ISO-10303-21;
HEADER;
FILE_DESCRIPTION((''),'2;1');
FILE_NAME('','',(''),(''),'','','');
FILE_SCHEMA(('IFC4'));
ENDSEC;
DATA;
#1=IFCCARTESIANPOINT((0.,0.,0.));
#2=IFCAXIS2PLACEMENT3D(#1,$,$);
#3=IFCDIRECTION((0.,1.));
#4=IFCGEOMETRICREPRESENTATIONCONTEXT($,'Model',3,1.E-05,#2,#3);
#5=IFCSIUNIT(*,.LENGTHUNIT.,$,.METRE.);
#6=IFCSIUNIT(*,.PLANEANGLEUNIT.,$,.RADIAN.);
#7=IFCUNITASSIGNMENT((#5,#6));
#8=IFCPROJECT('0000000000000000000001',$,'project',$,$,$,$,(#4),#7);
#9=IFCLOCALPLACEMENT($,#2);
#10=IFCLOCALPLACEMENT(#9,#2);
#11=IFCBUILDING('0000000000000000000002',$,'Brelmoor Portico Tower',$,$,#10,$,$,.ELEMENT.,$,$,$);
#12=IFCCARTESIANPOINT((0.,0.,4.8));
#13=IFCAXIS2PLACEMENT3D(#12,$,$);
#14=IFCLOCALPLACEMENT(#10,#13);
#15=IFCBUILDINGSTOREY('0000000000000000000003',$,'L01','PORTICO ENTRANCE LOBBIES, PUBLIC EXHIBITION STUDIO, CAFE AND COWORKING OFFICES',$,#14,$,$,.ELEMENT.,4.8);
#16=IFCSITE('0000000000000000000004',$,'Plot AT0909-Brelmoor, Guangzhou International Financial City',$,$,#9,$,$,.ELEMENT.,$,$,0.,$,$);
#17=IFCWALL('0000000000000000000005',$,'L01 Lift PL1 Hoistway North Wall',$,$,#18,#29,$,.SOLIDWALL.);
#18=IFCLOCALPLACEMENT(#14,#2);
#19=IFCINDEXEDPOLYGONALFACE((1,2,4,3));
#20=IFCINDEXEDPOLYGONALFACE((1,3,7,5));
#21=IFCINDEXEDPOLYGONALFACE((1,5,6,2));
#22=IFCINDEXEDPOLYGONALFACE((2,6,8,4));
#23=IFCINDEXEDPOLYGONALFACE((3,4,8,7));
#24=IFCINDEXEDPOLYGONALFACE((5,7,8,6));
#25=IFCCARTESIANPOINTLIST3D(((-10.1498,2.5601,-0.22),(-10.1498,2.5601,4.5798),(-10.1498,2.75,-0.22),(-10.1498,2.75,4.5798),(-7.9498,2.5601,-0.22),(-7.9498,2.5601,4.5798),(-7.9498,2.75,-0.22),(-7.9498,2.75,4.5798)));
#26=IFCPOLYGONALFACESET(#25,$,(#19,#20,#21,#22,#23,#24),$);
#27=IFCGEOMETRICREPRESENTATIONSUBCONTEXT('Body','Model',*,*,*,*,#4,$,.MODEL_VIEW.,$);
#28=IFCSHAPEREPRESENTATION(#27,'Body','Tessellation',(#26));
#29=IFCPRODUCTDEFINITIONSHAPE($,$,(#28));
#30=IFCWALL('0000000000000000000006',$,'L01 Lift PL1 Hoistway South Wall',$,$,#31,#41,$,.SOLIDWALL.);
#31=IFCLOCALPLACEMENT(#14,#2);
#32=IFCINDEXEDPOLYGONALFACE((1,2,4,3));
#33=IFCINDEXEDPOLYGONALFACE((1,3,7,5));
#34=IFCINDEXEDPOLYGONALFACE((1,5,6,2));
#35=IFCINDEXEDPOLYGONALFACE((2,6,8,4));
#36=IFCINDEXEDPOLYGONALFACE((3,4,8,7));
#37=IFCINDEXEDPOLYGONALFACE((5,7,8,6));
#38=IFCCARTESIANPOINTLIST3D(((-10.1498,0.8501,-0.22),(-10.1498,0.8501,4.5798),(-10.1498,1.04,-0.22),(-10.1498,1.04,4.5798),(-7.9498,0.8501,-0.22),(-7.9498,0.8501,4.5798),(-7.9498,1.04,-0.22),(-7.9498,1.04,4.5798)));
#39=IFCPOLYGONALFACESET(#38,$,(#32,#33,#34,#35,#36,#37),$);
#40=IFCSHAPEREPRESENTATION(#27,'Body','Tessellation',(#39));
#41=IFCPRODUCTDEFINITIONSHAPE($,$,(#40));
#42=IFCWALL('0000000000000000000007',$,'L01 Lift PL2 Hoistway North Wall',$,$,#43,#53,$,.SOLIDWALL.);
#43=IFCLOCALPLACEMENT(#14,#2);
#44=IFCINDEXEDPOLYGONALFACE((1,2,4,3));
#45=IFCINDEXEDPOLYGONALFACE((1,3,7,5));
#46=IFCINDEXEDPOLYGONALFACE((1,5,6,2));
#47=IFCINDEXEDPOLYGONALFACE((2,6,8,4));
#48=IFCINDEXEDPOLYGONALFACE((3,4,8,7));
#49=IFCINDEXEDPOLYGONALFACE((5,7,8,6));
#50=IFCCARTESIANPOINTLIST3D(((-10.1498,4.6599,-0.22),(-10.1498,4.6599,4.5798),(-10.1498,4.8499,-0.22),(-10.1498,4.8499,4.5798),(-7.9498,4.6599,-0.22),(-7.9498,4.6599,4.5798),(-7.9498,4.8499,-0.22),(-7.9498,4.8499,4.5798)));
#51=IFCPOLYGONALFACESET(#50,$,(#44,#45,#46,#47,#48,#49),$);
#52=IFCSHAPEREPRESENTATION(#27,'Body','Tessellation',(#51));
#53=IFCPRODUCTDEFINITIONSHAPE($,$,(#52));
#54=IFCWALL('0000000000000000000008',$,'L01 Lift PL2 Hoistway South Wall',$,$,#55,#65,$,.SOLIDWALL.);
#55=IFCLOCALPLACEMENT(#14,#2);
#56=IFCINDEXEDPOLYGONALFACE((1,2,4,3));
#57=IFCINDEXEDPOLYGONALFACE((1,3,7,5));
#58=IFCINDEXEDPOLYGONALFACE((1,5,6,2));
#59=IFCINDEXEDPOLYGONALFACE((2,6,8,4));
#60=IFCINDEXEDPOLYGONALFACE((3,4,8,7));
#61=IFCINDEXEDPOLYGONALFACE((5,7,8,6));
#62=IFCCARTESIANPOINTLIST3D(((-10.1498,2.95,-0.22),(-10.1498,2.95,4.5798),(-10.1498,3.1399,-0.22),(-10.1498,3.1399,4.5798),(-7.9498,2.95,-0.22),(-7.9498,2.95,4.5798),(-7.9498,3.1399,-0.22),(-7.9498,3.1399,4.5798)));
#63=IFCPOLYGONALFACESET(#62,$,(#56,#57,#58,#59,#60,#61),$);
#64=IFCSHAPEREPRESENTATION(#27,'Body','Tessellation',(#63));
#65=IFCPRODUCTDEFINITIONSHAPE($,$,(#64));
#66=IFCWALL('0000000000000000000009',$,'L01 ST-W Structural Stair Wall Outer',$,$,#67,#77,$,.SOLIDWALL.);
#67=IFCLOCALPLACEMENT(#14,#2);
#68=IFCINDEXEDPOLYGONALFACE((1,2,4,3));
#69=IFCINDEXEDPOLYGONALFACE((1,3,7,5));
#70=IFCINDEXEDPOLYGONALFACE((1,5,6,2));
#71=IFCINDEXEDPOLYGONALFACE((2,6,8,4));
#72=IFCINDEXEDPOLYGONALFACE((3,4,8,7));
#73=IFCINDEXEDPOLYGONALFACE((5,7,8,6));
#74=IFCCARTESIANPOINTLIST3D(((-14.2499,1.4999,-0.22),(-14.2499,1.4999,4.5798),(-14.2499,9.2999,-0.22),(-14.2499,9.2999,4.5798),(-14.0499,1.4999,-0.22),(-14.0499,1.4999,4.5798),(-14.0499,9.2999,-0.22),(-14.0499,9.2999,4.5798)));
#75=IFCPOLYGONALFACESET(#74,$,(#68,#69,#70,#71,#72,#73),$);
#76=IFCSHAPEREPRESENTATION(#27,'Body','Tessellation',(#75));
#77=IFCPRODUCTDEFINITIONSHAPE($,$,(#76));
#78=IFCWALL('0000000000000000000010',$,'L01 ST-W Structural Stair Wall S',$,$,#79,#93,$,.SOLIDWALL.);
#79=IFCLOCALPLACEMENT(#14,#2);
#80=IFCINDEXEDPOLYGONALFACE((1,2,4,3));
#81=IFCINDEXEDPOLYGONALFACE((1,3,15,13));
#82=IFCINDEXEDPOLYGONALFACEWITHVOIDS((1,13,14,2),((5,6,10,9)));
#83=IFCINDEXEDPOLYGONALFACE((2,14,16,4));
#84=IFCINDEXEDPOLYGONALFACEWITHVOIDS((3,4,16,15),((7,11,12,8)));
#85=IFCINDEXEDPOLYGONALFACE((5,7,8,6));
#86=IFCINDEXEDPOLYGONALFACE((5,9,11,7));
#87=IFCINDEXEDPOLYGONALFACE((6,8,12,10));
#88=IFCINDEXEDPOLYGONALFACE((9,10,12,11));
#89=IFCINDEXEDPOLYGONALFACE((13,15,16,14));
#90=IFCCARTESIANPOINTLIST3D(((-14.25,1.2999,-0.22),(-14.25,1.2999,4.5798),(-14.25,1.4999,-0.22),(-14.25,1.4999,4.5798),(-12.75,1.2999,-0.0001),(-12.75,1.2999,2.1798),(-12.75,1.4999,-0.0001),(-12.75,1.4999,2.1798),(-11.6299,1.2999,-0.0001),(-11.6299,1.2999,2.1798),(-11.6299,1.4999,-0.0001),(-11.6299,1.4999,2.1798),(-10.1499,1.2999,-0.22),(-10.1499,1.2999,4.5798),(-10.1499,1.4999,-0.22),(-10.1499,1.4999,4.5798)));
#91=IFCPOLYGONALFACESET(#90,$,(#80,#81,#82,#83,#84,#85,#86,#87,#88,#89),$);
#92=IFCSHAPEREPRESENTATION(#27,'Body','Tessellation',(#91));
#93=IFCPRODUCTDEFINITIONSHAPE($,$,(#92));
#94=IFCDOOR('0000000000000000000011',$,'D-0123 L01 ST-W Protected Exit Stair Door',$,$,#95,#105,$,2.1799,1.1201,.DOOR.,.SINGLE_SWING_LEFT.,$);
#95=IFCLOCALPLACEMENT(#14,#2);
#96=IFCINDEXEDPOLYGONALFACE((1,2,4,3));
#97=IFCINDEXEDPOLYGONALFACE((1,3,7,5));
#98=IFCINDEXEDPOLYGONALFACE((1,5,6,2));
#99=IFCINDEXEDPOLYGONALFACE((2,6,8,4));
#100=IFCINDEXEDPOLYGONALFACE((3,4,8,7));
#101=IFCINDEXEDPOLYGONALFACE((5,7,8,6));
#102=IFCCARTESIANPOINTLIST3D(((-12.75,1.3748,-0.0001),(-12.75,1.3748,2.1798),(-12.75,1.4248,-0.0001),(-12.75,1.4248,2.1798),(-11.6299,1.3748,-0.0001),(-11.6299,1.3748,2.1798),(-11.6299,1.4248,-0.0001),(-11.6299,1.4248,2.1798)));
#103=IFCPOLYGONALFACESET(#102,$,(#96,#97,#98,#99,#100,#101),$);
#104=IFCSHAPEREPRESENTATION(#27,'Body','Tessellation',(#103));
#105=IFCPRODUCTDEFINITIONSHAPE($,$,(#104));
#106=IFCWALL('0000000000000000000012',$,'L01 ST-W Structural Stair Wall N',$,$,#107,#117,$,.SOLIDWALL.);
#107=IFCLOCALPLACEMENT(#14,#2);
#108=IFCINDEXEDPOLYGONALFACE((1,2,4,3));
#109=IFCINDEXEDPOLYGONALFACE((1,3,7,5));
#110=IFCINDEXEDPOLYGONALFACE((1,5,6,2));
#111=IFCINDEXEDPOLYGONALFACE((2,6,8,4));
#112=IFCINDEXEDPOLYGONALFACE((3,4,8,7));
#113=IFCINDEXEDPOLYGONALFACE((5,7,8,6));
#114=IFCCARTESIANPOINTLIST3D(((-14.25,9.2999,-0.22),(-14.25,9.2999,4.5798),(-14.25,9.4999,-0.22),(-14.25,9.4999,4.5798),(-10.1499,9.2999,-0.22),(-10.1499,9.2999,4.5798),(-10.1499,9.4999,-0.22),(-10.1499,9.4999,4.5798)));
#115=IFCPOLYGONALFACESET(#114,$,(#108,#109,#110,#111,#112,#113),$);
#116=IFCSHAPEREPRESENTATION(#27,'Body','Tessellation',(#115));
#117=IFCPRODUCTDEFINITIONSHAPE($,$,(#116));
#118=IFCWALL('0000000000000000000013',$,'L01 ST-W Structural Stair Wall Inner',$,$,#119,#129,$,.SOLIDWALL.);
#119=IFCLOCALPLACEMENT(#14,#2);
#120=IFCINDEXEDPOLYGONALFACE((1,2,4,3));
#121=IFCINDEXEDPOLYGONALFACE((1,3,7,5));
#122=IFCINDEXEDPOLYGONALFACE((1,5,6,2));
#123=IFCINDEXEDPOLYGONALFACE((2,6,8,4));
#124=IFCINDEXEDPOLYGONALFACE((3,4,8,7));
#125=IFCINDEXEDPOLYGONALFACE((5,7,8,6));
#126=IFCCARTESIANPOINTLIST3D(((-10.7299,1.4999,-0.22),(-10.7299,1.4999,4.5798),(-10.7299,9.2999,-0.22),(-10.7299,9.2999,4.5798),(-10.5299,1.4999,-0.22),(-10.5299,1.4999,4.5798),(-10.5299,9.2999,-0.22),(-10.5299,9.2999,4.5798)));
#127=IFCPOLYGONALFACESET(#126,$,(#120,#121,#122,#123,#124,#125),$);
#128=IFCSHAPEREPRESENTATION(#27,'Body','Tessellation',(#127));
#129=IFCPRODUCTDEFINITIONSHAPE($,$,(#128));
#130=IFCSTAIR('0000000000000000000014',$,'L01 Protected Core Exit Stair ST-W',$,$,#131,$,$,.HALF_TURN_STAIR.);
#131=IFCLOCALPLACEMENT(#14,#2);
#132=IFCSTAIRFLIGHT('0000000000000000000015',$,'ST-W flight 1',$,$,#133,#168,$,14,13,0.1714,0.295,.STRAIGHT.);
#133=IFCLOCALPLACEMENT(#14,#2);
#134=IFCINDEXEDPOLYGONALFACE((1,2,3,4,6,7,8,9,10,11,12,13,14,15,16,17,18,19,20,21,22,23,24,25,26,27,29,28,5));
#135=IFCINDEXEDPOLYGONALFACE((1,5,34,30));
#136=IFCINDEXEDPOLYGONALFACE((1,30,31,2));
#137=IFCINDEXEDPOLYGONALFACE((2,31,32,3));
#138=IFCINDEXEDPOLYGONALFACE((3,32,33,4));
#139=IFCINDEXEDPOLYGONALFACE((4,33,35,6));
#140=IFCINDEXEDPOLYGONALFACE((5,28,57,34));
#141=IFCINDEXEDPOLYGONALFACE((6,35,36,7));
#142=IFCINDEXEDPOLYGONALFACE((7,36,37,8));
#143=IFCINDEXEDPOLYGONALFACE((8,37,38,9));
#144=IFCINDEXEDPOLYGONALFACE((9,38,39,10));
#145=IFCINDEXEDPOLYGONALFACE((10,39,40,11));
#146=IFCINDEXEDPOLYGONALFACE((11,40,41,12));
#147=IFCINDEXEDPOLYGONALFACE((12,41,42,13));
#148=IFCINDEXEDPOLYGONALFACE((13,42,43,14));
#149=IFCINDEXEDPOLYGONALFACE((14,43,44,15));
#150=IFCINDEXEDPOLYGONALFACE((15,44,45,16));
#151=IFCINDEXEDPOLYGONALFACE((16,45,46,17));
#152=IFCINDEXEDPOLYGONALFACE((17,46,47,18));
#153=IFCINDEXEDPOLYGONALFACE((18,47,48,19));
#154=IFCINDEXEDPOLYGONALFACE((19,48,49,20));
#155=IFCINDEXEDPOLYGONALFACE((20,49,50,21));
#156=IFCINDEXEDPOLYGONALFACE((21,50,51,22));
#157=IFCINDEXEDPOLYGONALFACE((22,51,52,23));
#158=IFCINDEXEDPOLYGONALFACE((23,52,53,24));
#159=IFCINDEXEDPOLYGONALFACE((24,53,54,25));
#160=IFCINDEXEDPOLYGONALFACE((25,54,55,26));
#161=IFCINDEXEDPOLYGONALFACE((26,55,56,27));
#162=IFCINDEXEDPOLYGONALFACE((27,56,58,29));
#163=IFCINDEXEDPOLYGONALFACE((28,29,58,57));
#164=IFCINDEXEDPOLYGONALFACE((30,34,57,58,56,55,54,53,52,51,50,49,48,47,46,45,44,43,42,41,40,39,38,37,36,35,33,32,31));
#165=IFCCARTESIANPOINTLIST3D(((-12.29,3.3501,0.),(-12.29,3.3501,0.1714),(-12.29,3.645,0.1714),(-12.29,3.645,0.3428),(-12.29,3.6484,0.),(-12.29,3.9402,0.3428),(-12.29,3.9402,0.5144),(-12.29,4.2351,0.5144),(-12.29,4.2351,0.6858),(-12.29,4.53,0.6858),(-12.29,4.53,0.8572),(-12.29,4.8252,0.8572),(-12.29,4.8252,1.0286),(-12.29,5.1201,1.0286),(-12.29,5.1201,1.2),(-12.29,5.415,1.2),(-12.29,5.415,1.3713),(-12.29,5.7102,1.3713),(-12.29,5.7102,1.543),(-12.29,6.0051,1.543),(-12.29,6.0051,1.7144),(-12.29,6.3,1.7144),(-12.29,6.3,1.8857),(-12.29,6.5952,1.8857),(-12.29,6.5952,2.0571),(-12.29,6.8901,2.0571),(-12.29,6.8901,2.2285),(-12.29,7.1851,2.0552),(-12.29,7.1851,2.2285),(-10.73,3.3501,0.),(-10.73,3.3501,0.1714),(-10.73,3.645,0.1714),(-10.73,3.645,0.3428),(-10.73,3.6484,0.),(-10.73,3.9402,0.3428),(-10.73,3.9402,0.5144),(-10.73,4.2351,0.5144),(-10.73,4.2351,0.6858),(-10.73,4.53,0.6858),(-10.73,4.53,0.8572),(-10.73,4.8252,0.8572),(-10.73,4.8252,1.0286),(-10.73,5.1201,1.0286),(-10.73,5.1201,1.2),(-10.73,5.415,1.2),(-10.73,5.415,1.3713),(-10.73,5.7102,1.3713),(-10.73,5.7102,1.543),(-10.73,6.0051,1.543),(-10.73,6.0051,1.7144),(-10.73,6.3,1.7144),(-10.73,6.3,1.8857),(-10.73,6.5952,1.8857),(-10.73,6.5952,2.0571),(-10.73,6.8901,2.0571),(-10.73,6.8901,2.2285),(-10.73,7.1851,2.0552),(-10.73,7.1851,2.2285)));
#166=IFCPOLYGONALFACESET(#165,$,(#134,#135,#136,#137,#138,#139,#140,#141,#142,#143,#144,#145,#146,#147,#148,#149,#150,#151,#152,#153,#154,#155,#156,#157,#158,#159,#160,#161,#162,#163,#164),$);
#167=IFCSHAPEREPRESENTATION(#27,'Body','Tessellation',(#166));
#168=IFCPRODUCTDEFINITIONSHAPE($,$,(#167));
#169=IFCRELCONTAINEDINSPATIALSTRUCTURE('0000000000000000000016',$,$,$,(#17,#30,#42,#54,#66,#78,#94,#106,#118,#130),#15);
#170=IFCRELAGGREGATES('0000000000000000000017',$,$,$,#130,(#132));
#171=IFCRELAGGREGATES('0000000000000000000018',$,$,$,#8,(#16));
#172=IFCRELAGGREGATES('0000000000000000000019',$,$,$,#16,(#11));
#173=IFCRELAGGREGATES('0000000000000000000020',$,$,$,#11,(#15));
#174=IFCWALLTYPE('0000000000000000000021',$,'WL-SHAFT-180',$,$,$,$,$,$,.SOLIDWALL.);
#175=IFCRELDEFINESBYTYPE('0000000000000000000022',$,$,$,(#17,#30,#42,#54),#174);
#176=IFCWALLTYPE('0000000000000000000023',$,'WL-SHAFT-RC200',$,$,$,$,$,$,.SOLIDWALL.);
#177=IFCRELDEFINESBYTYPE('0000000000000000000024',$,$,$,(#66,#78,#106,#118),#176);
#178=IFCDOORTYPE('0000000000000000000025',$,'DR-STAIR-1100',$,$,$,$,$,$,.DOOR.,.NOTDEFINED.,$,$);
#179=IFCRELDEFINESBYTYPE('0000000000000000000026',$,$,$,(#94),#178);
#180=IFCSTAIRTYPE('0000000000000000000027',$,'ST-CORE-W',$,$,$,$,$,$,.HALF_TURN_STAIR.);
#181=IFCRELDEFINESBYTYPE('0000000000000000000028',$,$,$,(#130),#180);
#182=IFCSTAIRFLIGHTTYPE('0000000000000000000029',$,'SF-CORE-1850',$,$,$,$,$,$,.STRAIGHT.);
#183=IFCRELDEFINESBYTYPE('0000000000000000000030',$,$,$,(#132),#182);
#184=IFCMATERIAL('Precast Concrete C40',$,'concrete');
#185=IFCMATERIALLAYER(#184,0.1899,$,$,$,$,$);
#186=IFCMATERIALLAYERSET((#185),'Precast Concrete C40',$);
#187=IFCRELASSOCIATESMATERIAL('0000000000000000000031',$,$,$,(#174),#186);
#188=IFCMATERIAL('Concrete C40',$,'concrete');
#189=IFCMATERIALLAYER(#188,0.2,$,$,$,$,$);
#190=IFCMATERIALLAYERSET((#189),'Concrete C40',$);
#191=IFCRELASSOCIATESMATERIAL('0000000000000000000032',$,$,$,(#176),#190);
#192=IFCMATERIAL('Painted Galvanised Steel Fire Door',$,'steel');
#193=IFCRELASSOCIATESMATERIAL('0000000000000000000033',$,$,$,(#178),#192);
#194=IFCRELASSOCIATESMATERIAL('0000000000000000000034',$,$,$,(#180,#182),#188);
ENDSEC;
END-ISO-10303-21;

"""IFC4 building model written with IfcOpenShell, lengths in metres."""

from ifc_helpers import new_model, si_unit, direction, frame, frame_2d, origin, place, context, subcontext, project, spatial, polyline, rectangle, outline, extrude, material, layer, layer_set, type_object, element, fill, aggregate, save


model = new_model("IFC4")

# Units and contexts
model_context = context("Model", 3, precision=1e-05, world=origin(), true_north=direction((0.0, 1.0)))
body_context = subcontext(model_context, "Body", "Model", "MODEL_VIEW")
ifc_project = project(units=[si_unit("LENGTHUNIT", "METRE"), si_unit("PLANEANGLEUNIT", "RADIAN")], contexts=[model_context])

# Site, building, storey
site_placement = place(None, origin())
site = spatial("IfcSite", under=ifc_project, at=site_placement, Name="Plot AT0909-Brelmoor, Guangzhou International Financial City", CompositionType="ELEMENT", RefElevation=0.0)
building_placement = place(site_placement, origin())
building = spatial("IfcBuilding", under=site, at=building_placement, Name="Brelmoor Portico Tower", CompositionType="ELEMENT")
storey_placement = place(building_placement, frame((0.0, 0.0, 4.8)))
storey = spatial("IfcBuildingStorey", under=building, at=storey_placement, Name="L01", Description="PORTICO ENTRANCE LOBBIES, PUBLIC EXHIBITION STUDIO, CAFE AND COWORKING OFFICES", CompositionType="ELEMENT", Elevation=4.8)

# Walls
ifc_material_1 = material(Name="Precast Concrete C40", Category="concrete")
ifc_layer_1 = layer(ifc_material_1, 0.1899)
ifc_layer_set_1 = layer_set([ifc_layer_1], Name="Precast Concrete C40")
wall_type_1 = type_object("IfcWallType", Name="WL-SHAFT-180", PredefinedType="SOLIDWALL", material=ifc_layer_set_1)
for number, where, z_axis, x_axis, name in (
    (1, (-10.1499, 2.655, -0.22), (0.0, 0.0, 1.0), (1.0, 0.0, 0.0), "L01 Lift PL1 Hoistway North Wall"),
    (2, (-10.1499, 0.9451, -0.22), (0.0, 0.0, 1.0), (1.0, 0.0, 0.0), "L01 Lift PL1 Hoistway South Wall"),
    (3, (-10.1499, 4.7549, -0.22), (0.0, 0.0, 1.0), (1.0, 0.0, 0.0), "L01 Lift PL2 Hoistway North Wall"),
    (4, (-10.1499, 3.0449, -0.22), (0.0, 0.0, 1.0), (1.0, 0.0, 0.0), "L01 Lift PL2 Hoistway South Wall"),
):
    element("IfcWall", number, at=place(storey_placement, frame(where, z_axis=z_axis, x_axis=x_axis)), inside=storey, type_object=wall_type_1, Name=name, PredefinedType="SOLIDWALL", context=body_context, shape_type="SweptSolid", body=[
        extrude(rectangle(XDim=2.2, YDim=0.1899, at=frame_2d((1.1001, 0.0))), origin(), (0.0, 0.0, 1.0), 4.7998),
    ])
ifc_material_2 = material(Name="Concrete C40", Category="concrete")
ifc_layer_2 = layer(ifc_material_2, 0.2)
ifc_layer_set_2 = layer_set([ifc_layer_2], Name="Concrete C40")
wall_type_2 = type_object("IfcWallType", Name="WL-SHAFT-RC200", PredefinedType="SOLIDWALL", material=ifc_layer_set_2)
wall_1_placement = place(storey_placement, frame((-14.1499, 1.5, -0.22), z_axis=(0.0, 0.0, 1.0), x_axis=(0.0, 1.0, 0.0)))
element("IfcWall", 5, at=wall_1_placement, inside=storey, type_object=wall_type_2, Name="L01 ST-W Structural Stair Wall Outer", PredefinedType="SOLIDWALL", context=body_context, shape_type="SweptSolid", body=[
    extrude(rectangle(XDim=7.8, YDim=0.2, at=frame_2d((3.8999, 0.0))), origin(), (0.0, 0.0, 1.0), 4.7998),
])

# Wall, opening, door
wall_2_placement = place(storey_placement, frame((-14.25, 1.3999, -0.22), z_axis=(0.0, 0.0, 1.0), x_axis=(1.0, 0.0, 0.0)))
wall_2 = element("IfcWall", 6, at=wall_2_placement, inside=storey, type_object=wall_type_2, Name="L01 ST-W Structural Stair Wall S", PredefinedType="SOLIDWALL", context=body_context, shape_type="SweptSolid", body=[
    extrude(rectangle(XDim=4.1001, YDim=0.2, at=frame_2d((2.05, 0.0))), origin(), (0.0, 0.0, 1.0), 4.7998),
])
opening_placement = place(wall_2_placement, frame((1.5, 0.0, 0.22)))
opening = element("IfcOpeningElement", 7, at=opening_placement, cuts=wall_2, PredefinedType="OPENING", context=body_context, shape_type="SweptSolid", body=[
    extrude(rectangle(XDim=1.1201, YDim=2.1799, at=frame_2d((0.5601, 1.0898))), frame((0.0, 0.1099, 0.0), z_axis=(0.0, -1.0, 0.0), x_axis=(1.0, 0.0, 0.0)), (0.0, 0.0, 1.0), 0.22),
])
ifc_material_3 = material(Name="Painted Galvanised Steel Fire Door", Category="steel")
door_type = type_object("IfcDoorType", Name="DR-STAIR-1100", OperationType="NOTDEFINED", PredefinedType="DOOR", material=ifc_material_3)
door_placement = place(opening_placement, origin())
door = element("IfcDoor", 8, at=door_placement, inside=storey, type_object=door_type, Name="D-0123 L01 ST-W Protected Exit Stair Door", OperationType="SINGLE_SWING_LEFT", OverallHeight=2.1799, OverallWidth=1.1201, PredefinedType="DOOR", context=body_context, shape_type="SweptSolid", body=[
    extrude(rectangle(XDim=1.1201, YDim=2.1799, at=frame_2d((0.5601, 1.0898))), frame((0.0, 0.0249, 0.0), z_axis=(0.0, -1.0, 0.0), x_axis=(1.0, 0.0, 0.0)), (0.0, 0.0, 1.0), 0.05),
])
fill(opening, door)

# Walls
wall_3_placement = place(storey_placement, frame((-14.25, 9.3999, -0.22), z_axis=(0.0, 0.0, 1.0), x_axis=(1.0, 0.0, 0.0)))
element("IfcWall", 9, at=wall_3_placement, inside=storey, type_object=wall_type_2, Name="L01 ST-W Structural Stair Wall N", PredefinedType="SOLIDWALL", context=body_context, shape_type="SweptSolid", body=[
    extrude(rectangle(XDim=4.1001, YDim=0.2, at=frame_2d((2.05, 0.0))), origin(), (0.0, 0.0, 1.0), 4.7998),
])
wall_4_placement = place(storey_placement, frame((-10.6299, 1.5, -0.22), z_axis=(0.0, 0.0, 1.0), x_axis=(0.0, 1.0, 0.0)))
element("IfcWall", 10, at=wall_4_placement, inside=storey, type_object=wall_type_2, Name="L01 ST-W Structural Stair Wall Inner", PredefinedType="SOLIDWALL", context=body_context, shape_type="SweptSolid", body=[
    extrude(rectangle(XDim=7.8, YDim=0.2, at=frame_2d((3.8999, 0.0))), origin(), (0.0, 0.0, 1.0), 4.7998),
])

# Stair, stair flight
stair_type = type_object("IfcStairType", Name="ST-CORE-W", PredefinedType="HALF_TURN_STAIR", material=ifc_material_2)
stair_placement = place(storey_placement, origin())
stair = element("IfcStair", 11, at=stair_placement, inside=storey, type_object=stair_type, Name="L01 Protected Core Exit Stair ST-W", PredefinedType="HALF_TURN_STAIR")
stair_flight_type = type_object("IfcStairFlightType", Name="SF-CORE-1850", PredefinedType="STRAIGHT", material=ifc_material_2)
stair_flight_1_placement = place(storey_placement, frame((-11.51, 3.3501, 0.0), z_axis=(0.0, 0.0, 1.0), x_axis=(0.0, 1.0, 0.0)))
stair_flight_1 = element("IfcStairFlight", 12, at=stair_flight_1_placement, type_object=stair_flight_type, Name="ST-W flight 1", NumberOfRisers=14, NumberOfTreads=13, PredefinedType="STRAIGHT", RiserHeight=0.1714, TreadLength=0.295, context=body_context, shape_type="SweptSolid", body=[
    extrude(outline(polyline([(0.0, 0.0), (0.0, 0.1714), (0.2949, 0.1714), (0.2949, 0.3428), (0.5901, 0.3428), (0.5901, 0.5144), (0.885, 0.5144), (0.885, 0.6858), (1.1799, 0.6858), (1.1799, 0.8572), (1.4751, 0.8572), (1.4751, 1.0286), (1.77, 1.0286), (1.77, 1.2), (2.0649, 1.2), (2.0649, 1.3713), (2.3601, 1.3713), (2.3601, 1.543), (2.655, 1.543), (2.655, 1.7144), (2.95, 1.7144), (2.95, 1.8857), (3.2451, 1.8857), (3.2451, 2.0571), (3.54, 2.0571), (3.54, 2.2285), (3.835, 2.2285), (3.835, 2.3999), (3.835, 2.0552), (0.2983, 0.0), (0.0, 0.0)])), frame((0.0, 0.78, 0.0), z_axis=(0.0, -1.0, 0.0), x_axis=(1.0, 0.0, 0.0)), (0.0, 0.0, 1.0), 1.5601),
])
aggregate(stair, [stair_flight_1])

save(model, "model.ifc")
